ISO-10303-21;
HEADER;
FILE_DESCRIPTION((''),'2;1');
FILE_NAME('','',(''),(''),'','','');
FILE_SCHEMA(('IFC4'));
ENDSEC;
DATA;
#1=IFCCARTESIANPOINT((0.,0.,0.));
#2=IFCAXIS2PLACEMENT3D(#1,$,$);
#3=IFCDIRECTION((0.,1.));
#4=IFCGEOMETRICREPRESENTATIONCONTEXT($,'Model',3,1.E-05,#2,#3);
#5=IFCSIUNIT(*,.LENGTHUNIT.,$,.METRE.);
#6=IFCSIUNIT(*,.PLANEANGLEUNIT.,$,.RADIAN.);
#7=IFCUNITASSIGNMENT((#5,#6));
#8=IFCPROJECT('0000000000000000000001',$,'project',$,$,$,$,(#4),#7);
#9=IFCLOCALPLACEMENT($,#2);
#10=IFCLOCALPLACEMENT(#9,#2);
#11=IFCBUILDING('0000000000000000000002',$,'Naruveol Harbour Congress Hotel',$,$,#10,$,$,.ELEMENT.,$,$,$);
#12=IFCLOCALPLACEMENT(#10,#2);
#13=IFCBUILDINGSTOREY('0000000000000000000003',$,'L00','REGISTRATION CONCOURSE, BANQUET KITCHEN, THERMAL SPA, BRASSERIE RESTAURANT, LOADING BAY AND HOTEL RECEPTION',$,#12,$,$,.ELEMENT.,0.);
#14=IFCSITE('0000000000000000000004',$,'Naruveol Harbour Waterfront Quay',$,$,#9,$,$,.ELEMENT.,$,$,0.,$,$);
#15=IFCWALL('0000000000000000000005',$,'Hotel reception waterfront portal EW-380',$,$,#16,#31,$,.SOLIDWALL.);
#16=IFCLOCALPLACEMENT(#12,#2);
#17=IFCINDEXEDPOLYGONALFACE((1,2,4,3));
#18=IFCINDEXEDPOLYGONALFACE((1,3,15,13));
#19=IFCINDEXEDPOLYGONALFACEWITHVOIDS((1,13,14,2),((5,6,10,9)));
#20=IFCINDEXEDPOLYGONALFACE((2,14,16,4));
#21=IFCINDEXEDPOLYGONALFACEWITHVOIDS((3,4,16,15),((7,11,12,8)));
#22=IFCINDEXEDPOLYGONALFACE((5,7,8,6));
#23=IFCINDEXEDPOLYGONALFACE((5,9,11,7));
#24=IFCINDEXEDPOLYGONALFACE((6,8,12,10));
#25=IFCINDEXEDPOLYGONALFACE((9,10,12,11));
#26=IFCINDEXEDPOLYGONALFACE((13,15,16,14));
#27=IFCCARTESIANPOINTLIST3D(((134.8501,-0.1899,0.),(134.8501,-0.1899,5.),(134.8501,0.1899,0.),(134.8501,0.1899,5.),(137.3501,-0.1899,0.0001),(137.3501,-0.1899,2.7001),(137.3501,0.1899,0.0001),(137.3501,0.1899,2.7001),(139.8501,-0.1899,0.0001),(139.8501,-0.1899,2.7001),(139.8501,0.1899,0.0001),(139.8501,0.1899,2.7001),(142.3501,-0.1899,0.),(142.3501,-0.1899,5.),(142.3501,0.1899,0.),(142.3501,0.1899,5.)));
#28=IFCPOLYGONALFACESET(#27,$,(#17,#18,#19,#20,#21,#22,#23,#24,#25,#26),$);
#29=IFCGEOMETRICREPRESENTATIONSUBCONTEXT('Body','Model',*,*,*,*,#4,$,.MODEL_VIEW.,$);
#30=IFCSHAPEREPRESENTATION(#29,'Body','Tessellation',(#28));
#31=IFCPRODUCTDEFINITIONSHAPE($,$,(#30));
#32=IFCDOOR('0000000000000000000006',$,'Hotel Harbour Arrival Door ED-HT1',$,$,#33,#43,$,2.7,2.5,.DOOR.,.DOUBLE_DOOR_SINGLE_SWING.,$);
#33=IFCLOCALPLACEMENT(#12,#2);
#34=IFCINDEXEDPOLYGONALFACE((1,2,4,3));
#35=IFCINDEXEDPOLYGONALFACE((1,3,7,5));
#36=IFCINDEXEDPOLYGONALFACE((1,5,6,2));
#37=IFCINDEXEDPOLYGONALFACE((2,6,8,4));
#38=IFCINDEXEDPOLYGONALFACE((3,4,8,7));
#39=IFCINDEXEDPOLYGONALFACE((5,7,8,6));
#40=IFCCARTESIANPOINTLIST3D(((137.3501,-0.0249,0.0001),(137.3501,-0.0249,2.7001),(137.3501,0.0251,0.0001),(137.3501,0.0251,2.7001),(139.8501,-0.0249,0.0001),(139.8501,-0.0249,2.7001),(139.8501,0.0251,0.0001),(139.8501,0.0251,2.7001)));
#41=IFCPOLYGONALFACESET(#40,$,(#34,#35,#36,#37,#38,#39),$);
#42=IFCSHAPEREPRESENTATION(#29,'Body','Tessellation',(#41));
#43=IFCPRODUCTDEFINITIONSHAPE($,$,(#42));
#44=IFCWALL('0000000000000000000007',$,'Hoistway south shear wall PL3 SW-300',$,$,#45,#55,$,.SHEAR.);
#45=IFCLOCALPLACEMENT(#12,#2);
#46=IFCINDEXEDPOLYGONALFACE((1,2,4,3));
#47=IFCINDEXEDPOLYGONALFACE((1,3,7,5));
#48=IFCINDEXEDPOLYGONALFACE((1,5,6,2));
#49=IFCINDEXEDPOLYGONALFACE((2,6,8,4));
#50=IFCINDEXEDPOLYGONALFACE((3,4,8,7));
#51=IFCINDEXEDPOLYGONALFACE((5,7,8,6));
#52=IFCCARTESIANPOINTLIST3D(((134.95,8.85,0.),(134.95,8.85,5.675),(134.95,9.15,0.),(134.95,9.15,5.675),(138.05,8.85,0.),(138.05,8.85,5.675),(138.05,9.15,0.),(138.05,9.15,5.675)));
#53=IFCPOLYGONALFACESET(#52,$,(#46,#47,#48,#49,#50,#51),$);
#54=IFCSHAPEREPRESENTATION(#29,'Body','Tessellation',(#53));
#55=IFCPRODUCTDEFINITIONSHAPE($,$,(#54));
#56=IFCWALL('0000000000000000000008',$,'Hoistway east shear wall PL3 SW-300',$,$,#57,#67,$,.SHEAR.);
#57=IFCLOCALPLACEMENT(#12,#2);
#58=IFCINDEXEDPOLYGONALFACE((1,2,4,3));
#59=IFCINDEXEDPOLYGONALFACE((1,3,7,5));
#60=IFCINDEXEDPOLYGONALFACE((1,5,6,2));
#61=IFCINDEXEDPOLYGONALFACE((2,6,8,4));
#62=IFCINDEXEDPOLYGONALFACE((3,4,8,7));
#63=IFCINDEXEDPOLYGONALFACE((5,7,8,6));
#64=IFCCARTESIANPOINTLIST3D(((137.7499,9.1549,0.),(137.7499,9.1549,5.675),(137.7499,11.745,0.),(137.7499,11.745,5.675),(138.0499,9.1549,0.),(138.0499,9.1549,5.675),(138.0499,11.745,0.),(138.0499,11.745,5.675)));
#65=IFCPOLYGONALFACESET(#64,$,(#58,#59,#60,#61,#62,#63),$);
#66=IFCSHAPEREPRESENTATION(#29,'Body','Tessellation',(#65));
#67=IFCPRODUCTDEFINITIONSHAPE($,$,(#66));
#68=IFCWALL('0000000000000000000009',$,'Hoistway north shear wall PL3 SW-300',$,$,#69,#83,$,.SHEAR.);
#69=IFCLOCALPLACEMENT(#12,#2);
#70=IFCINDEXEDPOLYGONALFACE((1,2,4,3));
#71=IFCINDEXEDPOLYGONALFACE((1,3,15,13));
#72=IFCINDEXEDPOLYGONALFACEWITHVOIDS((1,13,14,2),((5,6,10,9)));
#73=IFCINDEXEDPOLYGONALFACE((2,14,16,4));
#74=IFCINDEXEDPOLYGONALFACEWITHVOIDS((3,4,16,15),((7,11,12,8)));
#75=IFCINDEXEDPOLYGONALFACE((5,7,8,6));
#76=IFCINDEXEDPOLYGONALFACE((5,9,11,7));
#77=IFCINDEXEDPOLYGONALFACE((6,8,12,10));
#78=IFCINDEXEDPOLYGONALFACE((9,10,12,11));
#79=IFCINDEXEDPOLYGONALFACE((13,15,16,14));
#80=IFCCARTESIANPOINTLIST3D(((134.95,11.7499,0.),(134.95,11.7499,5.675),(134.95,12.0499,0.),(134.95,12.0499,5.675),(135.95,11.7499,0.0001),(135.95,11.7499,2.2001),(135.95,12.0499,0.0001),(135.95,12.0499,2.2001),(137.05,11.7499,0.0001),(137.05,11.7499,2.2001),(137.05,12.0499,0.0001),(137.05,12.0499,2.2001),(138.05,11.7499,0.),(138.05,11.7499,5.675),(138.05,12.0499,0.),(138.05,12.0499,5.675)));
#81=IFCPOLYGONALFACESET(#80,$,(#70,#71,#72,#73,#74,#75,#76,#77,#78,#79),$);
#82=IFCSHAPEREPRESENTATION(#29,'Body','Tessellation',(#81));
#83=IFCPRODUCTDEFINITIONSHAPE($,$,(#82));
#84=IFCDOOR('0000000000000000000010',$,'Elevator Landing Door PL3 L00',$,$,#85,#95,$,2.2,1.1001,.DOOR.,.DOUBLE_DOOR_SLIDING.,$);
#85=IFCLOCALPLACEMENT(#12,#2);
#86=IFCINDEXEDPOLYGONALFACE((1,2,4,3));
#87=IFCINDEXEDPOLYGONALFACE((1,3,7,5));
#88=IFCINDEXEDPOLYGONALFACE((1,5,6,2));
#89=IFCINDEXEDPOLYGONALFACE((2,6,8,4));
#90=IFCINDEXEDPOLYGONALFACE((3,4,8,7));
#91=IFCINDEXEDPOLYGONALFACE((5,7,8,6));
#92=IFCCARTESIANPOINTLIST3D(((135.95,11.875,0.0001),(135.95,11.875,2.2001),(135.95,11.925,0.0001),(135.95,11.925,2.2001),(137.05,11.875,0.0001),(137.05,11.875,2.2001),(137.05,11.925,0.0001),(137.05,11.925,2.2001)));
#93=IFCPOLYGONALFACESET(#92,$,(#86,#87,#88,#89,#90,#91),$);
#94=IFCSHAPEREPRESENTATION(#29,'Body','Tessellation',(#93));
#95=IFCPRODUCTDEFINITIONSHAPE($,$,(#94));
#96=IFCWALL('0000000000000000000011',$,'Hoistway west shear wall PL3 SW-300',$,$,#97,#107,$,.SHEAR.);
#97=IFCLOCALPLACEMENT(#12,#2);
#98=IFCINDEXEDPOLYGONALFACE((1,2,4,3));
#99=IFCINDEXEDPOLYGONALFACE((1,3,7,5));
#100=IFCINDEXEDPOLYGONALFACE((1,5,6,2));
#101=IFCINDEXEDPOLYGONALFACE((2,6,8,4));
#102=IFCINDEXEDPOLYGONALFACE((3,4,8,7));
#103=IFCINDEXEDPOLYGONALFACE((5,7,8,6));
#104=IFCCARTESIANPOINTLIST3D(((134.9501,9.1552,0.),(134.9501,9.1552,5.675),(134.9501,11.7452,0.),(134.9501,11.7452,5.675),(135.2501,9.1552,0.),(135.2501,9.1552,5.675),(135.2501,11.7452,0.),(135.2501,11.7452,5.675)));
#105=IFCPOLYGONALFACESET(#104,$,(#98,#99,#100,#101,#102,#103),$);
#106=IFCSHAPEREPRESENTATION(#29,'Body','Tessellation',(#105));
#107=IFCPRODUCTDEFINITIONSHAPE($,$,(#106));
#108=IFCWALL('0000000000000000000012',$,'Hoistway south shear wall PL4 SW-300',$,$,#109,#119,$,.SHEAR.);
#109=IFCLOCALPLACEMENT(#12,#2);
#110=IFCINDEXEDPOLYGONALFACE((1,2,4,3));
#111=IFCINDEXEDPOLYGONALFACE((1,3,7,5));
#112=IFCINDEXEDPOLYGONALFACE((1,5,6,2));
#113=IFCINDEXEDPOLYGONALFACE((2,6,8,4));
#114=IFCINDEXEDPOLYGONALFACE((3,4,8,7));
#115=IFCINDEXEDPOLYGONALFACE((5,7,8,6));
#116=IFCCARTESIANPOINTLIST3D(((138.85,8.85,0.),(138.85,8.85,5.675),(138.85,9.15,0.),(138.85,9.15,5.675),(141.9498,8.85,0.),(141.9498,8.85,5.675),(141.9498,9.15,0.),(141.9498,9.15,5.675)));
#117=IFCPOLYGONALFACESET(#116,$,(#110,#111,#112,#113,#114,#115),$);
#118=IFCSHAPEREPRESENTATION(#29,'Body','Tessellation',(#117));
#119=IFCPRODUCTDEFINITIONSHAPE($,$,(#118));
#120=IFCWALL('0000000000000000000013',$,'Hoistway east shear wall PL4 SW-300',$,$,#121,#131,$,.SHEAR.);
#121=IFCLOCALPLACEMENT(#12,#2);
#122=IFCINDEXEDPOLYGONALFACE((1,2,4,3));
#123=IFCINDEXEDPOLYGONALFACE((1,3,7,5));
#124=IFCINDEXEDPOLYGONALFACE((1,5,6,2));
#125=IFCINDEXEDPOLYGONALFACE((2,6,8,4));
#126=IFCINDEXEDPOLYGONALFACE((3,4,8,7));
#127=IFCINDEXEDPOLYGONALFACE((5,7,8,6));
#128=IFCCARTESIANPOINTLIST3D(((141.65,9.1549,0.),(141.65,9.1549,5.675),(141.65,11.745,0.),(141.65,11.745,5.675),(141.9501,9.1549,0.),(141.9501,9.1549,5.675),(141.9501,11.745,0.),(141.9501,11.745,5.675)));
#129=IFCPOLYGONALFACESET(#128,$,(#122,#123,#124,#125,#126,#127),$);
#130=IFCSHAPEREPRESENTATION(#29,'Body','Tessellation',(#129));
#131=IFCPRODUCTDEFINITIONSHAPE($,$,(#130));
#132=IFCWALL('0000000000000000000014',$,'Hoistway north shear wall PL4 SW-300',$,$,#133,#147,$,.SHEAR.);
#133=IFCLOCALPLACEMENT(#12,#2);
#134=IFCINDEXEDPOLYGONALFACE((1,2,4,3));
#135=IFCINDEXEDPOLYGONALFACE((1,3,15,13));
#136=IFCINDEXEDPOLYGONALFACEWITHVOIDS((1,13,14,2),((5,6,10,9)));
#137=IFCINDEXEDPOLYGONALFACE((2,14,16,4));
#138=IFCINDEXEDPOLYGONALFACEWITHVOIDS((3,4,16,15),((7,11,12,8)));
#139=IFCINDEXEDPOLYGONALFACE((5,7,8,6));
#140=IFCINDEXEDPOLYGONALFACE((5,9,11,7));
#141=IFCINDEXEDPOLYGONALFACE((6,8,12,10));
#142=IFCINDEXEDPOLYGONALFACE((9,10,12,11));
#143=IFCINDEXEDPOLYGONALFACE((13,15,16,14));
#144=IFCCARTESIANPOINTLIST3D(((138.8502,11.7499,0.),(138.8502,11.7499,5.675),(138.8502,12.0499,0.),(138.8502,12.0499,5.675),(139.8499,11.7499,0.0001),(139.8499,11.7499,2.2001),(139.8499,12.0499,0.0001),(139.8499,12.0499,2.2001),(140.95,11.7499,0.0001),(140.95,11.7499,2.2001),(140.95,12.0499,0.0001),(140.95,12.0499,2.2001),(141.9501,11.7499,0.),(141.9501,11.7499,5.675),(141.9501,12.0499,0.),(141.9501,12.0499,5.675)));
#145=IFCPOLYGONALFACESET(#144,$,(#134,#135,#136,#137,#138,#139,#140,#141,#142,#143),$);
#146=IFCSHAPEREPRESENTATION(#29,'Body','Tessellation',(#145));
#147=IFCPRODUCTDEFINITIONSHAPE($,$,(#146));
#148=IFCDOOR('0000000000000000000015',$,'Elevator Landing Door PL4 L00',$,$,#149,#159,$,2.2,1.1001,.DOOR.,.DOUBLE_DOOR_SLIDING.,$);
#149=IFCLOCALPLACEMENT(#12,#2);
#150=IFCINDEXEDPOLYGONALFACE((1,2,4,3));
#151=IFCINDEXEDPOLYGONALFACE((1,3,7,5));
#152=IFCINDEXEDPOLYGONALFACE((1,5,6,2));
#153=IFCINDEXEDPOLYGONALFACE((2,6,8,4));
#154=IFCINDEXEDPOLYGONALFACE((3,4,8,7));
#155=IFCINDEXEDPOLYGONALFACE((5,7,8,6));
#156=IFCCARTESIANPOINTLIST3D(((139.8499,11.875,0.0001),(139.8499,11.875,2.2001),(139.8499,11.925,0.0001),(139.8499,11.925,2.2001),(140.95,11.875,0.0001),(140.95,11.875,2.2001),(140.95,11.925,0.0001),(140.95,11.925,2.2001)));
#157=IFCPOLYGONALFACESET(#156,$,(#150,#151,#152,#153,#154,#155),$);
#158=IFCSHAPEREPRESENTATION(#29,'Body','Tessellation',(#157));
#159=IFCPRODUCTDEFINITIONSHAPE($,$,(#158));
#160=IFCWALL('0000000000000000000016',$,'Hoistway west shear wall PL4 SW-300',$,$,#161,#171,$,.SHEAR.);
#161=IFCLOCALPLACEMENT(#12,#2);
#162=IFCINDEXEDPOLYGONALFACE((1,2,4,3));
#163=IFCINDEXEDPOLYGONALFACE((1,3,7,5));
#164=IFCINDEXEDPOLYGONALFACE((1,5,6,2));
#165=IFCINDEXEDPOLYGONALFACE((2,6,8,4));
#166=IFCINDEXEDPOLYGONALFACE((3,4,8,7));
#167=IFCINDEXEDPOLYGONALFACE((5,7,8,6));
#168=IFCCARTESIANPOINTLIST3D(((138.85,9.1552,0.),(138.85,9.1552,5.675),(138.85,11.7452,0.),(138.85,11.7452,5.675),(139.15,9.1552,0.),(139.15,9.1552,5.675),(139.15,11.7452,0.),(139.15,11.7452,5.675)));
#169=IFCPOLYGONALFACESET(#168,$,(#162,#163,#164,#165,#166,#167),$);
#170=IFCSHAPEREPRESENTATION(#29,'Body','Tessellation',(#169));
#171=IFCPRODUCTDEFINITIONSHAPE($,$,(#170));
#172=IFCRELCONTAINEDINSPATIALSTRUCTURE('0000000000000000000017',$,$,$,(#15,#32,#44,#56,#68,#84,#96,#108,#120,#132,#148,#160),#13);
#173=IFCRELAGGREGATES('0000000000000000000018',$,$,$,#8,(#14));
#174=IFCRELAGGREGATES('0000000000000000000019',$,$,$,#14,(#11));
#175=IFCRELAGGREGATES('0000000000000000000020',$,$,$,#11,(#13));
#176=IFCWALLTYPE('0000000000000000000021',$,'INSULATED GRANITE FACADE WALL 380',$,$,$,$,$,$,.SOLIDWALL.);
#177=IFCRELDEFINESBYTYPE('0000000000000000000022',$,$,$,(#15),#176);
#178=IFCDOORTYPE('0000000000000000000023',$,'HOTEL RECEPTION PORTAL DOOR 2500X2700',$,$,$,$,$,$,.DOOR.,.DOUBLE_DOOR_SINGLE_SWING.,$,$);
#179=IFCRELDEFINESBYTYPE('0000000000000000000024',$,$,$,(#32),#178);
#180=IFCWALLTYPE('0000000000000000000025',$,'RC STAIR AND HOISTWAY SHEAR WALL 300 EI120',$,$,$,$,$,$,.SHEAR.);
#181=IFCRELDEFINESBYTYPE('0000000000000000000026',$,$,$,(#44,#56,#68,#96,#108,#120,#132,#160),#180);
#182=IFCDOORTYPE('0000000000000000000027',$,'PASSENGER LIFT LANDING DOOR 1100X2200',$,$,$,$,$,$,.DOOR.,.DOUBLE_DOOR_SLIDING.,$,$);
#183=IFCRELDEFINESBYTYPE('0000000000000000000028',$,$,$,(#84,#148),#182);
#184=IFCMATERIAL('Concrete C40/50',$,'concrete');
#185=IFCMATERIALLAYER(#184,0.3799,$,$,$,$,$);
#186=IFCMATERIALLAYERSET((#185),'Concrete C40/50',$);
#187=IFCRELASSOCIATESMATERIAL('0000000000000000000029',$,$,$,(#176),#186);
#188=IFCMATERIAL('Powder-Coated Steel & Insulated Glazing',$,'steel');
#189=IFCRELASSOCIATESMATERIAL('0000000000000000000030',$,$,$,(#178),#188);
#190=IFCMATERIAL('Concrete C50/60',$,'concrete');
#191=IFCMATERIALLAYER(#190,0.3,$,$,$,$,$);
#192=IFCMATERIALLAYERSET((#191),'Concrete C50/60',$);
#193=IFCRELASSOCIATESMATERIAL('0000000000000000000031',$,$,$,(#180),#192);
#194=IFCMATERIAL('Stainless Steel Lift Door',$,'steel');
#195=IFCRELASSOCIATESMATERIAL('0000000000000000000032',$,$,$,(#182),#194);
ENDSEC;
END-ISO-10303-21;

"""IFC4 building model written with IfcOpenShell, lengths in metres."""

from ifc_helpers import new_model, si_unit, direction, frame, frame_2d, origin, place, context, subcontext, project, spatial, rectangle, extrude, material, layer, layer_set, type_object, element, fill, save


model = new_model("IFC4")

# Units and contexts
model_context = context("Model", 3, precision=1e-05, world=origin(), true_north=direction((0.0, 1.0)))
body_context = subcontext(model_context, "Body", "Model", "MODEL_VIEW")
ifc_project = project(units=[si_unit("LENGTHUNIT", "METRE"), si_unit("PLANEANGLEUNIT", "RADIAN")], contexts=[model_context])

# Site, building, storey
site_placement = place(None, origin())
site = spatial("IfcSite", under=ifc_project, at=site_placement, Name="Naruveol Harbour Waterfront Quay", CompositionType="ELEMENT", RefElevation=0.0)
building_placement = place(site_placement, origin())
building = spatial("IfcBuilding", under=site, at=building_placement, Name="Naruveol Harbour Congress Hotel", CompositionType="ELEMENT")
storey_placement = place(building_placement, origin())
storey = spatial("IfcBuildingStorey", under=building, at=storey_placement, Name="L00", Description="REGISTRATION CONCOURSE, BANQUET KITCHEN, THERMAL SPA, BRASSERIE RESTAURANT, LOADING BAY AND HOTEL RECEPTION", CompositionType="ELEMENT", Elevation=0.0)

# Wall, opening, door
ifc_material_1 = material(Name="Concrete C40/50", Category="concrete")
ifc_layer_1 = layer(ifc_material_1, 0.3799)
ifc_layer_set_1 = layer_set([ifc_layer_1], Name="Concrete C40/50")
wall_type_1 = type_object("IfcWallType", Name="INSULATED GRANITE FACADE WALL 380", PredefinedType="SOLIDWALL", material=ifc_layer_set_1)
wall_1_placement = place(storey_placement, frame((142.3501, 0.0, 0.0), z_axis=(0.0, 0.0, 1.0), x_axis=(-1.0, 0.0, 0.0)))
wall_1 = element("IfcWall", 1, at=wall_1_placement, inside=storey, type_object=wall_type_1, Name="Hotel reception waterfront portal EW-380", PredefinedType="SOLIDWALL", context=body_context, shape_type="SweptSolid", body=[
    extrude(rectangle(XDim=7.5, YDim=0.3799, at=frame_2d((3.75, 0.0))), origin(), (0.0, 0.0, 1.0), 5.0),
])
opening_1_placement = place(wall_1_placement, frame((2.5, 0.0, 0.0)))
opening_1 = element("IfcOpeningElement", 2, at=opening_1_placement, cuts=wall_1, PredefinedType="OPENING", context=body_context, shape_type="SweptSolid", body=[
    extrude(rectangle(XDim=2.5, YDim=2.7, at=frame_2d((1.25, 1.3501))), frame((0.0, 0.2, 0.0), z_axis=(0.0, -1.0, 0.0), x_axis=(1.0, 0.0, 0.0)), (0.0, 0.0, 1.0), 0.3999),
])
ifc_material_2 = material(Name="Powder-Coated Steel & Insulated Glazing", Category="steel")
door_type_1 = type_object("IfcDoorType", Name="HOTEL RECEPTION PORTAL DOOR 2500X2700", OperationType="DOUBLE_DOOR_SINGLE_SWING", PredefinedType="DOOR", material=ifc_material_2)
door_1_placement = place(opening_1_placement, origin())
door_1 = element("IfcDoor", 3, at=door_1_placement, inside=storey, type_object=door_type_1, Name="Hotel Harbour Arrival Door ED-HT1", OperationType="DOUBLE_DOOR_SINGLE_SWING", OverallHeight=2.7, OverallWidth=2.5, PredefinedType="DOOR", context=body_context, shape_type="SweptSolid", body=[
    extrude(rectangle(XDim=2.5, YDim=2.7, at=frame_2d((1.25, 1.3501))), frame((0.0, 0.0249, 0.0), z_axis=(0.0, -1.0, 0.0), x_axis=(1.0, 0.0, 0.0)), (0.0, 0.0, 1.0), 0.05),
])
fill(opening_1, door_1)

# Walls
ifc_material_3 = material(Name="Concrete C50/60", Category="concrete")
ifc_layer_2 = layer(ifc_material_3, 0.3)
ifc_layer_set_2 = layer_set([ifc_layer_2], Name="Concrete C50/60")
wall_type_2 = type_object("IfcWallType", Name="RC STAIR AND HOISTWAY SHEAR WALL 300 EI120", PredefinedType="SHEAR", material=ifc_layer_set_2)
wall_2_placement = place(storey_placement, frame((134.95, 9.0, 0.0), z_axis=(0.0, 0.0, 1.0), x_axis=(1.0, 0.0, 0.0)))
element("IfcWall", 4, at=wall_2_placement, inside=storey, type_object=wall_type_2, Name="Hoistway south shear wall PL3 SW-300", PredefinedType="SHEAR", context=body_context, shape_type="SweptSolid", body=[
    extrude(rectangle(XDim=3.1001, YDim=0.3, at=frame_2d((1.55, 0.0))), origin(), (0.0, 0.0, 1.0), 5.675),
])
wall_3_placement = place(storey_placement, frame((137.8999, 9.155, 0.0), z_axis=(0.0, 0.0, 1.0), x_axis=(0.0, 1.0, 0.0)))
element("IfcWall", 5, at=wall_3_placement, inside=storey, type_object=wall_type_2, Name="Hoistway east shear wall PL3 SW-300", PredefinedType="SHEAR", context=body_context, shape_type="SweptSolid", body=[
    extrude(rectangle(XDim=2.5901, YDim=0.3, at=frame_2d((1.2949, 0.0))), origin(), (0.0, 0.0, 1.0), 5.675),
])

# Wall, opening, door
wall_4_placement = place(storey_placement, frame((138.05, 11.8999, 0.0), z_axis=(0.0, 0.0, 1.0), x_axis=(-1.0, 0.0, 0.0)))
wall_4 = element("IfcWall", 6, at=wall_4_placement, inside=storey, type_object=wall_type_2, Name="Hoistway north shear wall PL3 SW-300", PredefinedType="SHEAR", context=body_context, shape_type="SweptSolid", body=[
    extrude(rectangle(XDim=3.1001, YDim=0.3, at=frame_2d((1.55, 0.0))), origin(), (0.0, 0.0, 1.0), 5.675),
])
opening_2_placement = place(wall_4_placement, frame((1.0, 0.0, 0.0)))
opening_2 = element("IfcOpeningElement", 7, at=opening_2_placement, cuts=wall_4, PredefinedType="OPENING", context=body_context, shape_type="SweptSolid", body=[
    extrude(rectangle(XDim=1.1001, YDim=2.2, at=frame_2d((0.55, 1.1001))), frame((0.0, 0.1599, 0.0), z_axis=(0.0, -1.0, 0.0), x_axis=(1.0, 0.0, 0.0)), (0.0, 0.0, 1.0), 0.3201),
])
ifc_material_4 = material(Name="Stainless Steel Lift Door", Category="steel")
door_type_2 = type_object("IfcDoorType", Name="PASSENGER LIFT LANDING DOOR 1100X2200", OperationType="DOUBLE_DOOR_SLIDING", PredefinedType="DOOR", material=ifc_material_4)
door_2_placement = place(opening_2_placement, origin())
door_2 = element("IfcDoor", 8, at=door_2_placement, inside=storey, type_object=door_type_2, Name="Elevator Landing Door PL3 L00", OperationType="DOUBLE_DOOR_SLIDING", OverallHeight=2.2, OverallWidth=1.1001, PredefinedType="DOOR", context=body_context, shape_type="SweptSolid", body=[
    extrude(rectangle(XDim=1.1001, YDim=2.2, at=frame_2d((0.55, 1.1001))), frame((0.0, 0.0249, 0.0), z_axis=(0.0, -1.0, 0.0), x_axis=(1.0, 0.0, 0.0)), (0.0, 0.0, 1.0), 0.05),
])
fill(opening_2, door_2)

# Walls
wall_5_placement = place(storey_placement, frame((135.1001, 11.7451, 0.0), z_axis=(0.0, 0.0, 1.0), x_axis=(0.0, -1.0, 0.0)))
element("IfcWall", 9, at=wall_5_placement, inside=storey, type_object=wall_type_2, Name="Hoistway west shear wall PL3 SW-300", PredefinedType="SHEAR", context=body_context, shape_type="SweptSolid", body=[
    extrude(rectangle(XDim=2.5901, YDim=0.3, at=frame_2d((1.2949, 0.0))), origin(), (0.0, 0.0, 1.0), 5.675),
])
wall_6_placement = place(storey_placement, frame((138.8501, 9.0, 0.0), z_axis=(0.0, 0.0, 1.0), x_axis=(1.0, 0.0, 0.0)))
element("IfcWall", 10, at=wall_6_placement, inside=storey, type_object=wall_type_2, Name="Hoistway south shear wall PL4 SW-300", PredefinedType="SHEAR", context=body_context, shape_type="SweptSolid", body=[
    extrude(rectangle(XDim=3.0999, YDim=0.3, at=frame_2d((1.5498, 0.0))), origin(), (0.0, 0.0, 1.0), 5.675),
])
wall_7_placement = place(storey_placement, frame((141.8, 9.155, 0.0), z_axis=(0.0, 0.0, 1.0), x_axis=(0.0, 1.0, 0.0)))
element("IfcWall", 11, at=wall_7_placement, inside=storey, type_object=wall_type_2, Name="Hoistway east shear wall PL4 SW-300", PredefinedType="SHEAR", context=body_context, shape_type="SweptSolid", body=[
    extrude(rectangle(XDim=2.5901, YDim=0.3, at=frame_2d((1.2949, 0.0))), origin(), (0.0, 0.0, 1.0), 5.675),
])

# Wall, opening, door
wall_8_placement = place(storey_placement, frame((141.95, 11.8999, 0.0), z_axis=(0.0, 0.0, 1.0), x_axis=(-1.0, 0.0, 0.0)))
wall_8 = element("IfcWall", 12, at=wall_8_placement, inside=storey, type_object=wall_type_2, Name="Hoistway north shear wall PL4 SW-300", PredefinedType="SHEAR", context=body_context, shape_type="SweptSolid", body=[
    extrude(rectangle(XDim=3.0999, YDim=0.3, at=frame_2d((1.5498, 0.0))), origin(), (0.0, 0.0, 1.0), 5.675),
])
opening_3_placement = place(wall_8_placement, frame((1.0, 0.0, 0.0)))
opening_3 = element("IfcOpeningElement", 13, at=opening_3_placement, cuts=wall_8, PredefinedType="OPENING", context=body_context, shape_type="SweptSolid", body=[
    extrude(rectangle(XDim=1.1001, YDim=2.2, at=frame_2d((0.55, 1.1001))), frame((0.0, 0.1599, 0.0), z_axis=(0.0, -1.0, 0.0), x_axis=(1.0, 0.0, 0.0)), (0.0, 0.0, 1.0), 0.3201),
])
door_3_placement = place(opening_3_placement, origin())
door_3 = element("IfcDoor", 14, at=door_3_placement, inside=storey, type_object=door_type_2, Name="Elevator Landing Door PL4 L00", OperationType="DOUBLE_DOOR_SLIDING", OverallHeight=2.2, OverallWidth=1.1001, PredefinedType="DOOR", context=body_context, shape_type="SweptSolid", body=[
    extrude(rectangle(XDim=1.1001, YDim=2.2, at=frame_2d((0.55, 1.1001))), frame((0.0, 0.0249, 0.0), z_axis=(0.0, -1.0, 0.0), x_axis=(1.0, 0.0, 0.0)), (0.0, 0.0, 1.0), 0.05),
])
fill(opening_3, door_3)

# Wall
wall_9_placement = place(storey_placement, frame((139.0, 11.7451, 0.0), z_axis=(0.0, 0.0, 1.0), x_axis=(0.0, -1.0, 0.0)))
element("IfcWall", 15, at=wall_9_placement, inside=storey, type_object=wall_type_2, Name="Hoistway west shear wall PL4 SW-300", PredefinedType="SHEAR", context=body_context, shape_type="SweptSolid", body=[
    extrude(rectangle(XDim=2.5901, YDim=0.3, at=frame_2d((1.2949, 0.0))), origin(), (0.0, 0.0, 1.0), 5.675),
])

save(model, "model.ifc")
